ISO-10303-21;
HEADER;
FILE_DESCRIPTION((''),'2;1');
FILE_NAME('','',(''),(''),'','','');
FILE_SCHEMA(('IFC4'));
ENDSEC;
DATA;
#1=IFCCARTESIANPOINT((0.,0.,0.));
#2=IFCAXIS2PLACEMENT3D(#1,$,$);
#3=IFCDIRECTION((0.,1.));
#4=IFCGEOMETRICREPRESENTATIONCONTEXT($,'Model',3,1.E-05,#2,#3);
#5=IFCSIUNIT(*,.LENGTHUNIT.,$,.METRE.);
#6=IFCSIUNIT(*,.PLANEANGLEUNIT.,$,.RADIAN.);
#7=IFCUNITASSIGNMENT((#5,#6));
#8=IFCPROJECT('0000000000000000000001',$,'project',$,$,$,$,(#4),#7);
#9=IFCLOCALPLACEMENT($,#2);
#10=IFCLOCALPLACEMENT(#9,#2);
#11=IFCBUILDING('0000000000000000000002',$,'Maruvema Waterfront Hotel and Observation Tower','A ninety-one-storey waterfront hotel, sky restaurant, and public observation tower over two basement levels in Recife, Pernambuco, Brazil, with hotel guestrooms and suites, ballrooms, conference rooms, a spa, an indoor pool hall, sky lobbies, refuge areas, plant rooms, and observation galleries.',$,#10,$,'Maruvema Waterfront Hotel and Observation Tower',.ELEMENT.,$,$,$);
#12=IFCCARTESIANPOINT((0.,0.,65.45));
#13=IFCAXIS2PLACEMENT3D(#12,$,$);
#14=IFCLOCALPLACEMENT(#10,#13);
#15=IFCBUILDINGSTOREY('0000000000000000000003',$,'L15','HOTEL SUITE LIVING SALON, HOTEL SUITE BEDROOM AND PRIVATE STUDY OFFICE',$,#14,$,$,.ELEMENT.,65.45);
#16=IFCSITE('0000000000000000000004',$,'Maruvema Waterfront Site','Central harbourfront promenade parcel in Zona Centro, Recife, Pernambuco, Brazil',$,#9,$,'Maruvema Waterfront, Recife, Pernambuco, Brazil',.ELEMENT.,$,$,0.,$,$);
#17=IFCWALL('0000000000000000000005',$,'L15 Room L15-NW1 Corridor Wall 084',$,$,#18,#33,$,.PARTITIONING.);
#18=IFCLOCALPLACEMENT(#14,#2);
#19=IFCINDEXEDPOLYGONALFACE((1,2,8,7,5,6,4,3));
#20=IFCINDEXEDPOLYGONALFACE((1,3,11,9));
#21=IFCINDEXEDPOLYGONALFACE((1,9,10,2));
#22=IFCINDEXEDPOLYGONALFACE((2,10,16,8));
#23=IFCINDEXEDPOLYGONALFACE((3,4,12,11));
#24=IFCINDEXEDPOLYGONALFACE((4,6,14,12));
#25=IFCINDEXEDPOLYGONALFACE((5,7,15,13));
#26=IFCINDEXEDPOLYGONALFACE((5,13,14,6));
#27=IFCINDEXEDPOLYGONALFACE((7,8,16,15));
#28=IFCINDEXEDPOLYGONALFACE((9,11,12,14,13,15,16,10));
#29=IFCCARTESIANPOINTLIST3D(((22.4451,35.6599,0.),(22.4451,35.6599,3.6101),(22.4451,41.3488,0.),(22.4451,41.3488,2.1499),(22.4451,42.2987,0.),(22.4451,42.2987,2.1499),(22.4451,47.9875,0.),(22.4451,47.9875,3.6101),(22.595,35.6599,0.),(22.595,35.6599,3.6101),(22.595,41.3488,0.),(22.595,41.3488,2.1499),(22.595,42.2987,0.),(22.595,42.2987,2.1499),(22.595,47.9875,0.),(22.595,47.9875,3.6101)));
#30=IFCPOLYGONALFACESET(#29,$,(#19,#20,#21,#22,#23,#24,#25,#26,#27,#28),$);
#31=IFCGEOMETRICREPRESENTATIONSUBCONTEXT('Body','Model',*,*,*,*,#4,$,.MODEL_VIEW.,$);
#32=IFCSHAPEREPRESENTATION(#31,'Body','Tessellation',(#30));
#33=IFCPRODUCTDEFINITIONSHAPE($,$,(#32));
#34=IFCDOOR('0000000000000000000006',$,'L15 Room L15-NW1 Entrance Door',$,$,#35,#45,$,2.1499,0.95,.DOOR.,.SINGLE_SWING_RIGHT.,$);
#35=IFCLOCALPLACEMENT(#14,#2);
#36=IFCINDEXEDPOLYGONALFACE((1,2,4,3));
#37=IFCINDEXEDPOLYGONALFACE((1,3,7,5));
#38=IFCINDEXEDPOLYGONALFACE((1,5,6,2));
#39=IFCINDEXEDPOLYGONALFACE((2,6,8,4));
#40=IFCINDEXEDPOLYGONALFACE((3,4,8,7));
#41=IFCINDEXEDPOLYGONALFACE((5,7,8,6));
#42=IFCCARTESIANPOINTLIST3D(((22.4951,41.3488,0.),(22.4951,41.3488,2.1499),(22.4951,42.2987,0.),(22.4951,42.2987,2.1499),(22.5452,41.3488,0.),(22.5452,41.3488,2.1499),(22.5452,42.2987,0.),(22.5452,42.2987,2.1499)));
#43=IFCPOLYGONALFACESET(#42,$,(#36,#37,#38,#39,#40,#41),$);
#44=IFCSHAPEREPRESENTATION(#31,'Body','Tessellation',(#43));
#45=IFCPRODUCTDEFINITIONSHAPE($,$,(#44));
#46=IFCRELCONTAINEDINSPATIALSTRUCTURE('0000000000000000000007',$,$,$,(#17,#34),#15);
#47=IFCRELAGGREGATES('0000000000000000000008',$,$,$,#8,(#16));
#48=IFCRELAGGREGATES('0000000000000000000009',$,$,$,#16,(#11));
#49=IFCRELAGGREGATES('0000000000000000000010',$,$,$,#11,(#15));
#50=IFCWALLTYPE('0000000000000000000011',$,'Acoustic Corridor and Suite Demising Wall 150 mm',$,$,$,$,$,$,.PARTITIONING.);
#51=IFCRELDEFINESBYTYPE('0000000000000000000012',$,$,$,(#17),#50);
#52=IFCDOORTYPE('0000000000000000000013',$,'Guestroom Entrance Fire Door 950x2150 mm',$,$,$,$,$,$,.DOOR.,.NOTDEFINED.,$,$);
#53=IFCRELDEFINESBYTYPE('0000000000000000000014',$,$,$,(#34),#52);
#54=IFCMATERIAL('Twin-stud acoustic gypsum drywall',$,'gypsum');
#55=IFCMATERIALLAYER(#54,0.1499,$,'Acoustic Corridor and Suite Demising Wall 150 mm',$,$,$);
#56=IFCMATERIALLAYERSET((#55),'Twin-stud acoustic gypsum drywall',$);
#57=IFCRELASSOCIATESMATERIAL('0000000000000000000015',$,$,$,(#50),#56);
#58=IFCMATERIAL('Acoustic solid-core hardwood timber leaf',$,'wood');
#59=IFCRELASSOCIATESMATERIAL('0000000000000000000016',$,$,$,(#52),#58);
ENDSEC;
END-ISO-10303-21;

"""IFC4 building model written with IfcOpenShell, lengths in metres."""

from ifc_helpers import new_model, si_unit, direction, frame, frame_2d, origin, place, context, subcontext, project, spatial, rectangle, extrude, material, layer, layer_set, type_object, element, fill, save


model = new_model("IFC4")

# Units and contexts
model_context = context("Model", 3, precision=1e-05, world=origin(), true_north=direction((0.0, 1.0)))
body_context = subcontext(model_context, "Body", "Model", "MODEL_VIEW")
ifc_project = project(units=[si_unit("LENGTHUNIT", "METRE"), si_unit("PLANEANGLEUNIT", "RADIAN")], contexts=[model_context])

# Site, building, storey
site_placement = place(None, origin())
site = spatial("IfcSite", under=ifc_project, at=site_placement, Name="Maruvema Waterfront Site", Description="Central harbourfront promenade parcel in Zona Centro, Recife, Pernambuco, Brazil", LongName="Maruvema Waterfront, Recife, Pernambuco, Brazil", CompositionType="ELEMENT", RefElevation=0.0)
building_placement = place(site_placement, origin())
building = spatial("IfcBuilding", under=site, at=building_placement, Name="Maruvema Waterfront Hotel and Observation Tower", Description="A ninety-one-storey waterfront hotel, sky restaurant, and public observation tower over two basement levels in Recife, Pernambuco, Brazil, with hotel guestrooms and suites, ballrooms, conference rooms, a spa, an indoor pool hall, sky lobbies, refuge areas, plant rooms, and observation galleries.", LongName="Maruvema Waterfront Hotel and Observation Tower", CompositionType="ELEMENT")
storey_placement = place(building_placement, frame((0.0, 0.0, 65.45)))
storey = spatial("IfcBuildingStorey", under=building, at=storey_placement, Name="L15", Description="HOTEL SUITE LIVING SALON, HOTEL SUITE BEDROOM AND PRIVATE STUDY OFFICE", CompositionType="ELEMENT", Elevation=65.45)

# Wall, opening, door
ifc_material_1 = material(Name="Twin-stud acoustic gypsum drywall", Category="gypsum")
ifc_layer_1 = layer(ifc_material_1, 0.1499, Name="Acoustic Corridor and Suite Demising Wall 150 mm")
ifc_layer_set_1 = layer_set([ifc_layer_1], Name="Twin-stud acoustic gypsum drywall")
wall_type_1 = type_object("IfcWallType", Name="Acoustic Corridor and Suite Demising Wall 150 mm", PredefinedType="PARTITIONING", material=ifc_layer_set_1)
wall_1_placement = place(storey_placement, frame((22.52, 35.6599, 0.0), z_axis=(0.0, 0.0, 1.0), x_axis=(0.0, 1.0, 0.0)))
wall_1 = element("IfcWall", 1, at=wall_1_placement, inside=storey, type_object=wall_type_1, Name="L15 Room L15-NW1 Corridor Wall 084", PredefinedType="PARTITIONING", context=body_context, shape_type="SweptSolid", body=[
    extrude(rectangle(XDim=12.3276, YDim=0.1499, at=frame_2d((6.1638, 0.0))), origin(), (0.0, 0.0, 1.0), 3.6101),
])
opening_1_placement = place(wall_1_placement, frame((5.6887, 0.0, 0.0)))
opening_1 = element("IfcOpeningElement", 2, at=opening_1_placement, cuts=wall_1, PredefinedType="OPENING", context=body_context, shape_type="SweptSolid", body=[
    extrude(rectangle(XDim=0.95, YDim=2.1499, at=frame_2d((0.4751, 1.075))), frame((0.0, 0.085, 0.0), z_axis=(0.0, -1.0, 0.0), x_axis=(1.0, 0.0, 0.0)), (0.0, 0.0, 1.0), 0.1699),
])
ifc_material_2 = material(Name="Acoustic solid-core hardwood timber leaf", Category="wood")
door_type_1 = type_object("IfcDoorType", Name="Guestroom Entrance Fire Door 950x2150 mm", OperationType="NOTDEFINED", PredefinedType="DOOR", material=ifc_material_2)
door_1_placement = place(opening_1_placement, origin())
door_1 = element("IfcDoor", 3, at=door_1_placement, inside=storey, type_object=door_type_1, Name="L15 Room L15-NW1 Entrance Door", OperationType="SINGLE_SWING_RIGHT", OverallHeight=2.1499, OverallWidth=0.95, PredefinedType="DOOR", context=body_context, shape_type="SweptSolid", body=[
    extrude(rectangle(XDim=0.95, YDim=2.1499, at=frame_2d((0.4751, 1.075))), frame((0.0, 0.0249, 0.0), z_axis=(0.0, -1.0, 0.0), x_axis=(1.0, 0.0, 0.0)), (0.0, 0.0, 1.0), 0.05),
])
fill(opening_1, door_1)

save(model, "model.ifc")
